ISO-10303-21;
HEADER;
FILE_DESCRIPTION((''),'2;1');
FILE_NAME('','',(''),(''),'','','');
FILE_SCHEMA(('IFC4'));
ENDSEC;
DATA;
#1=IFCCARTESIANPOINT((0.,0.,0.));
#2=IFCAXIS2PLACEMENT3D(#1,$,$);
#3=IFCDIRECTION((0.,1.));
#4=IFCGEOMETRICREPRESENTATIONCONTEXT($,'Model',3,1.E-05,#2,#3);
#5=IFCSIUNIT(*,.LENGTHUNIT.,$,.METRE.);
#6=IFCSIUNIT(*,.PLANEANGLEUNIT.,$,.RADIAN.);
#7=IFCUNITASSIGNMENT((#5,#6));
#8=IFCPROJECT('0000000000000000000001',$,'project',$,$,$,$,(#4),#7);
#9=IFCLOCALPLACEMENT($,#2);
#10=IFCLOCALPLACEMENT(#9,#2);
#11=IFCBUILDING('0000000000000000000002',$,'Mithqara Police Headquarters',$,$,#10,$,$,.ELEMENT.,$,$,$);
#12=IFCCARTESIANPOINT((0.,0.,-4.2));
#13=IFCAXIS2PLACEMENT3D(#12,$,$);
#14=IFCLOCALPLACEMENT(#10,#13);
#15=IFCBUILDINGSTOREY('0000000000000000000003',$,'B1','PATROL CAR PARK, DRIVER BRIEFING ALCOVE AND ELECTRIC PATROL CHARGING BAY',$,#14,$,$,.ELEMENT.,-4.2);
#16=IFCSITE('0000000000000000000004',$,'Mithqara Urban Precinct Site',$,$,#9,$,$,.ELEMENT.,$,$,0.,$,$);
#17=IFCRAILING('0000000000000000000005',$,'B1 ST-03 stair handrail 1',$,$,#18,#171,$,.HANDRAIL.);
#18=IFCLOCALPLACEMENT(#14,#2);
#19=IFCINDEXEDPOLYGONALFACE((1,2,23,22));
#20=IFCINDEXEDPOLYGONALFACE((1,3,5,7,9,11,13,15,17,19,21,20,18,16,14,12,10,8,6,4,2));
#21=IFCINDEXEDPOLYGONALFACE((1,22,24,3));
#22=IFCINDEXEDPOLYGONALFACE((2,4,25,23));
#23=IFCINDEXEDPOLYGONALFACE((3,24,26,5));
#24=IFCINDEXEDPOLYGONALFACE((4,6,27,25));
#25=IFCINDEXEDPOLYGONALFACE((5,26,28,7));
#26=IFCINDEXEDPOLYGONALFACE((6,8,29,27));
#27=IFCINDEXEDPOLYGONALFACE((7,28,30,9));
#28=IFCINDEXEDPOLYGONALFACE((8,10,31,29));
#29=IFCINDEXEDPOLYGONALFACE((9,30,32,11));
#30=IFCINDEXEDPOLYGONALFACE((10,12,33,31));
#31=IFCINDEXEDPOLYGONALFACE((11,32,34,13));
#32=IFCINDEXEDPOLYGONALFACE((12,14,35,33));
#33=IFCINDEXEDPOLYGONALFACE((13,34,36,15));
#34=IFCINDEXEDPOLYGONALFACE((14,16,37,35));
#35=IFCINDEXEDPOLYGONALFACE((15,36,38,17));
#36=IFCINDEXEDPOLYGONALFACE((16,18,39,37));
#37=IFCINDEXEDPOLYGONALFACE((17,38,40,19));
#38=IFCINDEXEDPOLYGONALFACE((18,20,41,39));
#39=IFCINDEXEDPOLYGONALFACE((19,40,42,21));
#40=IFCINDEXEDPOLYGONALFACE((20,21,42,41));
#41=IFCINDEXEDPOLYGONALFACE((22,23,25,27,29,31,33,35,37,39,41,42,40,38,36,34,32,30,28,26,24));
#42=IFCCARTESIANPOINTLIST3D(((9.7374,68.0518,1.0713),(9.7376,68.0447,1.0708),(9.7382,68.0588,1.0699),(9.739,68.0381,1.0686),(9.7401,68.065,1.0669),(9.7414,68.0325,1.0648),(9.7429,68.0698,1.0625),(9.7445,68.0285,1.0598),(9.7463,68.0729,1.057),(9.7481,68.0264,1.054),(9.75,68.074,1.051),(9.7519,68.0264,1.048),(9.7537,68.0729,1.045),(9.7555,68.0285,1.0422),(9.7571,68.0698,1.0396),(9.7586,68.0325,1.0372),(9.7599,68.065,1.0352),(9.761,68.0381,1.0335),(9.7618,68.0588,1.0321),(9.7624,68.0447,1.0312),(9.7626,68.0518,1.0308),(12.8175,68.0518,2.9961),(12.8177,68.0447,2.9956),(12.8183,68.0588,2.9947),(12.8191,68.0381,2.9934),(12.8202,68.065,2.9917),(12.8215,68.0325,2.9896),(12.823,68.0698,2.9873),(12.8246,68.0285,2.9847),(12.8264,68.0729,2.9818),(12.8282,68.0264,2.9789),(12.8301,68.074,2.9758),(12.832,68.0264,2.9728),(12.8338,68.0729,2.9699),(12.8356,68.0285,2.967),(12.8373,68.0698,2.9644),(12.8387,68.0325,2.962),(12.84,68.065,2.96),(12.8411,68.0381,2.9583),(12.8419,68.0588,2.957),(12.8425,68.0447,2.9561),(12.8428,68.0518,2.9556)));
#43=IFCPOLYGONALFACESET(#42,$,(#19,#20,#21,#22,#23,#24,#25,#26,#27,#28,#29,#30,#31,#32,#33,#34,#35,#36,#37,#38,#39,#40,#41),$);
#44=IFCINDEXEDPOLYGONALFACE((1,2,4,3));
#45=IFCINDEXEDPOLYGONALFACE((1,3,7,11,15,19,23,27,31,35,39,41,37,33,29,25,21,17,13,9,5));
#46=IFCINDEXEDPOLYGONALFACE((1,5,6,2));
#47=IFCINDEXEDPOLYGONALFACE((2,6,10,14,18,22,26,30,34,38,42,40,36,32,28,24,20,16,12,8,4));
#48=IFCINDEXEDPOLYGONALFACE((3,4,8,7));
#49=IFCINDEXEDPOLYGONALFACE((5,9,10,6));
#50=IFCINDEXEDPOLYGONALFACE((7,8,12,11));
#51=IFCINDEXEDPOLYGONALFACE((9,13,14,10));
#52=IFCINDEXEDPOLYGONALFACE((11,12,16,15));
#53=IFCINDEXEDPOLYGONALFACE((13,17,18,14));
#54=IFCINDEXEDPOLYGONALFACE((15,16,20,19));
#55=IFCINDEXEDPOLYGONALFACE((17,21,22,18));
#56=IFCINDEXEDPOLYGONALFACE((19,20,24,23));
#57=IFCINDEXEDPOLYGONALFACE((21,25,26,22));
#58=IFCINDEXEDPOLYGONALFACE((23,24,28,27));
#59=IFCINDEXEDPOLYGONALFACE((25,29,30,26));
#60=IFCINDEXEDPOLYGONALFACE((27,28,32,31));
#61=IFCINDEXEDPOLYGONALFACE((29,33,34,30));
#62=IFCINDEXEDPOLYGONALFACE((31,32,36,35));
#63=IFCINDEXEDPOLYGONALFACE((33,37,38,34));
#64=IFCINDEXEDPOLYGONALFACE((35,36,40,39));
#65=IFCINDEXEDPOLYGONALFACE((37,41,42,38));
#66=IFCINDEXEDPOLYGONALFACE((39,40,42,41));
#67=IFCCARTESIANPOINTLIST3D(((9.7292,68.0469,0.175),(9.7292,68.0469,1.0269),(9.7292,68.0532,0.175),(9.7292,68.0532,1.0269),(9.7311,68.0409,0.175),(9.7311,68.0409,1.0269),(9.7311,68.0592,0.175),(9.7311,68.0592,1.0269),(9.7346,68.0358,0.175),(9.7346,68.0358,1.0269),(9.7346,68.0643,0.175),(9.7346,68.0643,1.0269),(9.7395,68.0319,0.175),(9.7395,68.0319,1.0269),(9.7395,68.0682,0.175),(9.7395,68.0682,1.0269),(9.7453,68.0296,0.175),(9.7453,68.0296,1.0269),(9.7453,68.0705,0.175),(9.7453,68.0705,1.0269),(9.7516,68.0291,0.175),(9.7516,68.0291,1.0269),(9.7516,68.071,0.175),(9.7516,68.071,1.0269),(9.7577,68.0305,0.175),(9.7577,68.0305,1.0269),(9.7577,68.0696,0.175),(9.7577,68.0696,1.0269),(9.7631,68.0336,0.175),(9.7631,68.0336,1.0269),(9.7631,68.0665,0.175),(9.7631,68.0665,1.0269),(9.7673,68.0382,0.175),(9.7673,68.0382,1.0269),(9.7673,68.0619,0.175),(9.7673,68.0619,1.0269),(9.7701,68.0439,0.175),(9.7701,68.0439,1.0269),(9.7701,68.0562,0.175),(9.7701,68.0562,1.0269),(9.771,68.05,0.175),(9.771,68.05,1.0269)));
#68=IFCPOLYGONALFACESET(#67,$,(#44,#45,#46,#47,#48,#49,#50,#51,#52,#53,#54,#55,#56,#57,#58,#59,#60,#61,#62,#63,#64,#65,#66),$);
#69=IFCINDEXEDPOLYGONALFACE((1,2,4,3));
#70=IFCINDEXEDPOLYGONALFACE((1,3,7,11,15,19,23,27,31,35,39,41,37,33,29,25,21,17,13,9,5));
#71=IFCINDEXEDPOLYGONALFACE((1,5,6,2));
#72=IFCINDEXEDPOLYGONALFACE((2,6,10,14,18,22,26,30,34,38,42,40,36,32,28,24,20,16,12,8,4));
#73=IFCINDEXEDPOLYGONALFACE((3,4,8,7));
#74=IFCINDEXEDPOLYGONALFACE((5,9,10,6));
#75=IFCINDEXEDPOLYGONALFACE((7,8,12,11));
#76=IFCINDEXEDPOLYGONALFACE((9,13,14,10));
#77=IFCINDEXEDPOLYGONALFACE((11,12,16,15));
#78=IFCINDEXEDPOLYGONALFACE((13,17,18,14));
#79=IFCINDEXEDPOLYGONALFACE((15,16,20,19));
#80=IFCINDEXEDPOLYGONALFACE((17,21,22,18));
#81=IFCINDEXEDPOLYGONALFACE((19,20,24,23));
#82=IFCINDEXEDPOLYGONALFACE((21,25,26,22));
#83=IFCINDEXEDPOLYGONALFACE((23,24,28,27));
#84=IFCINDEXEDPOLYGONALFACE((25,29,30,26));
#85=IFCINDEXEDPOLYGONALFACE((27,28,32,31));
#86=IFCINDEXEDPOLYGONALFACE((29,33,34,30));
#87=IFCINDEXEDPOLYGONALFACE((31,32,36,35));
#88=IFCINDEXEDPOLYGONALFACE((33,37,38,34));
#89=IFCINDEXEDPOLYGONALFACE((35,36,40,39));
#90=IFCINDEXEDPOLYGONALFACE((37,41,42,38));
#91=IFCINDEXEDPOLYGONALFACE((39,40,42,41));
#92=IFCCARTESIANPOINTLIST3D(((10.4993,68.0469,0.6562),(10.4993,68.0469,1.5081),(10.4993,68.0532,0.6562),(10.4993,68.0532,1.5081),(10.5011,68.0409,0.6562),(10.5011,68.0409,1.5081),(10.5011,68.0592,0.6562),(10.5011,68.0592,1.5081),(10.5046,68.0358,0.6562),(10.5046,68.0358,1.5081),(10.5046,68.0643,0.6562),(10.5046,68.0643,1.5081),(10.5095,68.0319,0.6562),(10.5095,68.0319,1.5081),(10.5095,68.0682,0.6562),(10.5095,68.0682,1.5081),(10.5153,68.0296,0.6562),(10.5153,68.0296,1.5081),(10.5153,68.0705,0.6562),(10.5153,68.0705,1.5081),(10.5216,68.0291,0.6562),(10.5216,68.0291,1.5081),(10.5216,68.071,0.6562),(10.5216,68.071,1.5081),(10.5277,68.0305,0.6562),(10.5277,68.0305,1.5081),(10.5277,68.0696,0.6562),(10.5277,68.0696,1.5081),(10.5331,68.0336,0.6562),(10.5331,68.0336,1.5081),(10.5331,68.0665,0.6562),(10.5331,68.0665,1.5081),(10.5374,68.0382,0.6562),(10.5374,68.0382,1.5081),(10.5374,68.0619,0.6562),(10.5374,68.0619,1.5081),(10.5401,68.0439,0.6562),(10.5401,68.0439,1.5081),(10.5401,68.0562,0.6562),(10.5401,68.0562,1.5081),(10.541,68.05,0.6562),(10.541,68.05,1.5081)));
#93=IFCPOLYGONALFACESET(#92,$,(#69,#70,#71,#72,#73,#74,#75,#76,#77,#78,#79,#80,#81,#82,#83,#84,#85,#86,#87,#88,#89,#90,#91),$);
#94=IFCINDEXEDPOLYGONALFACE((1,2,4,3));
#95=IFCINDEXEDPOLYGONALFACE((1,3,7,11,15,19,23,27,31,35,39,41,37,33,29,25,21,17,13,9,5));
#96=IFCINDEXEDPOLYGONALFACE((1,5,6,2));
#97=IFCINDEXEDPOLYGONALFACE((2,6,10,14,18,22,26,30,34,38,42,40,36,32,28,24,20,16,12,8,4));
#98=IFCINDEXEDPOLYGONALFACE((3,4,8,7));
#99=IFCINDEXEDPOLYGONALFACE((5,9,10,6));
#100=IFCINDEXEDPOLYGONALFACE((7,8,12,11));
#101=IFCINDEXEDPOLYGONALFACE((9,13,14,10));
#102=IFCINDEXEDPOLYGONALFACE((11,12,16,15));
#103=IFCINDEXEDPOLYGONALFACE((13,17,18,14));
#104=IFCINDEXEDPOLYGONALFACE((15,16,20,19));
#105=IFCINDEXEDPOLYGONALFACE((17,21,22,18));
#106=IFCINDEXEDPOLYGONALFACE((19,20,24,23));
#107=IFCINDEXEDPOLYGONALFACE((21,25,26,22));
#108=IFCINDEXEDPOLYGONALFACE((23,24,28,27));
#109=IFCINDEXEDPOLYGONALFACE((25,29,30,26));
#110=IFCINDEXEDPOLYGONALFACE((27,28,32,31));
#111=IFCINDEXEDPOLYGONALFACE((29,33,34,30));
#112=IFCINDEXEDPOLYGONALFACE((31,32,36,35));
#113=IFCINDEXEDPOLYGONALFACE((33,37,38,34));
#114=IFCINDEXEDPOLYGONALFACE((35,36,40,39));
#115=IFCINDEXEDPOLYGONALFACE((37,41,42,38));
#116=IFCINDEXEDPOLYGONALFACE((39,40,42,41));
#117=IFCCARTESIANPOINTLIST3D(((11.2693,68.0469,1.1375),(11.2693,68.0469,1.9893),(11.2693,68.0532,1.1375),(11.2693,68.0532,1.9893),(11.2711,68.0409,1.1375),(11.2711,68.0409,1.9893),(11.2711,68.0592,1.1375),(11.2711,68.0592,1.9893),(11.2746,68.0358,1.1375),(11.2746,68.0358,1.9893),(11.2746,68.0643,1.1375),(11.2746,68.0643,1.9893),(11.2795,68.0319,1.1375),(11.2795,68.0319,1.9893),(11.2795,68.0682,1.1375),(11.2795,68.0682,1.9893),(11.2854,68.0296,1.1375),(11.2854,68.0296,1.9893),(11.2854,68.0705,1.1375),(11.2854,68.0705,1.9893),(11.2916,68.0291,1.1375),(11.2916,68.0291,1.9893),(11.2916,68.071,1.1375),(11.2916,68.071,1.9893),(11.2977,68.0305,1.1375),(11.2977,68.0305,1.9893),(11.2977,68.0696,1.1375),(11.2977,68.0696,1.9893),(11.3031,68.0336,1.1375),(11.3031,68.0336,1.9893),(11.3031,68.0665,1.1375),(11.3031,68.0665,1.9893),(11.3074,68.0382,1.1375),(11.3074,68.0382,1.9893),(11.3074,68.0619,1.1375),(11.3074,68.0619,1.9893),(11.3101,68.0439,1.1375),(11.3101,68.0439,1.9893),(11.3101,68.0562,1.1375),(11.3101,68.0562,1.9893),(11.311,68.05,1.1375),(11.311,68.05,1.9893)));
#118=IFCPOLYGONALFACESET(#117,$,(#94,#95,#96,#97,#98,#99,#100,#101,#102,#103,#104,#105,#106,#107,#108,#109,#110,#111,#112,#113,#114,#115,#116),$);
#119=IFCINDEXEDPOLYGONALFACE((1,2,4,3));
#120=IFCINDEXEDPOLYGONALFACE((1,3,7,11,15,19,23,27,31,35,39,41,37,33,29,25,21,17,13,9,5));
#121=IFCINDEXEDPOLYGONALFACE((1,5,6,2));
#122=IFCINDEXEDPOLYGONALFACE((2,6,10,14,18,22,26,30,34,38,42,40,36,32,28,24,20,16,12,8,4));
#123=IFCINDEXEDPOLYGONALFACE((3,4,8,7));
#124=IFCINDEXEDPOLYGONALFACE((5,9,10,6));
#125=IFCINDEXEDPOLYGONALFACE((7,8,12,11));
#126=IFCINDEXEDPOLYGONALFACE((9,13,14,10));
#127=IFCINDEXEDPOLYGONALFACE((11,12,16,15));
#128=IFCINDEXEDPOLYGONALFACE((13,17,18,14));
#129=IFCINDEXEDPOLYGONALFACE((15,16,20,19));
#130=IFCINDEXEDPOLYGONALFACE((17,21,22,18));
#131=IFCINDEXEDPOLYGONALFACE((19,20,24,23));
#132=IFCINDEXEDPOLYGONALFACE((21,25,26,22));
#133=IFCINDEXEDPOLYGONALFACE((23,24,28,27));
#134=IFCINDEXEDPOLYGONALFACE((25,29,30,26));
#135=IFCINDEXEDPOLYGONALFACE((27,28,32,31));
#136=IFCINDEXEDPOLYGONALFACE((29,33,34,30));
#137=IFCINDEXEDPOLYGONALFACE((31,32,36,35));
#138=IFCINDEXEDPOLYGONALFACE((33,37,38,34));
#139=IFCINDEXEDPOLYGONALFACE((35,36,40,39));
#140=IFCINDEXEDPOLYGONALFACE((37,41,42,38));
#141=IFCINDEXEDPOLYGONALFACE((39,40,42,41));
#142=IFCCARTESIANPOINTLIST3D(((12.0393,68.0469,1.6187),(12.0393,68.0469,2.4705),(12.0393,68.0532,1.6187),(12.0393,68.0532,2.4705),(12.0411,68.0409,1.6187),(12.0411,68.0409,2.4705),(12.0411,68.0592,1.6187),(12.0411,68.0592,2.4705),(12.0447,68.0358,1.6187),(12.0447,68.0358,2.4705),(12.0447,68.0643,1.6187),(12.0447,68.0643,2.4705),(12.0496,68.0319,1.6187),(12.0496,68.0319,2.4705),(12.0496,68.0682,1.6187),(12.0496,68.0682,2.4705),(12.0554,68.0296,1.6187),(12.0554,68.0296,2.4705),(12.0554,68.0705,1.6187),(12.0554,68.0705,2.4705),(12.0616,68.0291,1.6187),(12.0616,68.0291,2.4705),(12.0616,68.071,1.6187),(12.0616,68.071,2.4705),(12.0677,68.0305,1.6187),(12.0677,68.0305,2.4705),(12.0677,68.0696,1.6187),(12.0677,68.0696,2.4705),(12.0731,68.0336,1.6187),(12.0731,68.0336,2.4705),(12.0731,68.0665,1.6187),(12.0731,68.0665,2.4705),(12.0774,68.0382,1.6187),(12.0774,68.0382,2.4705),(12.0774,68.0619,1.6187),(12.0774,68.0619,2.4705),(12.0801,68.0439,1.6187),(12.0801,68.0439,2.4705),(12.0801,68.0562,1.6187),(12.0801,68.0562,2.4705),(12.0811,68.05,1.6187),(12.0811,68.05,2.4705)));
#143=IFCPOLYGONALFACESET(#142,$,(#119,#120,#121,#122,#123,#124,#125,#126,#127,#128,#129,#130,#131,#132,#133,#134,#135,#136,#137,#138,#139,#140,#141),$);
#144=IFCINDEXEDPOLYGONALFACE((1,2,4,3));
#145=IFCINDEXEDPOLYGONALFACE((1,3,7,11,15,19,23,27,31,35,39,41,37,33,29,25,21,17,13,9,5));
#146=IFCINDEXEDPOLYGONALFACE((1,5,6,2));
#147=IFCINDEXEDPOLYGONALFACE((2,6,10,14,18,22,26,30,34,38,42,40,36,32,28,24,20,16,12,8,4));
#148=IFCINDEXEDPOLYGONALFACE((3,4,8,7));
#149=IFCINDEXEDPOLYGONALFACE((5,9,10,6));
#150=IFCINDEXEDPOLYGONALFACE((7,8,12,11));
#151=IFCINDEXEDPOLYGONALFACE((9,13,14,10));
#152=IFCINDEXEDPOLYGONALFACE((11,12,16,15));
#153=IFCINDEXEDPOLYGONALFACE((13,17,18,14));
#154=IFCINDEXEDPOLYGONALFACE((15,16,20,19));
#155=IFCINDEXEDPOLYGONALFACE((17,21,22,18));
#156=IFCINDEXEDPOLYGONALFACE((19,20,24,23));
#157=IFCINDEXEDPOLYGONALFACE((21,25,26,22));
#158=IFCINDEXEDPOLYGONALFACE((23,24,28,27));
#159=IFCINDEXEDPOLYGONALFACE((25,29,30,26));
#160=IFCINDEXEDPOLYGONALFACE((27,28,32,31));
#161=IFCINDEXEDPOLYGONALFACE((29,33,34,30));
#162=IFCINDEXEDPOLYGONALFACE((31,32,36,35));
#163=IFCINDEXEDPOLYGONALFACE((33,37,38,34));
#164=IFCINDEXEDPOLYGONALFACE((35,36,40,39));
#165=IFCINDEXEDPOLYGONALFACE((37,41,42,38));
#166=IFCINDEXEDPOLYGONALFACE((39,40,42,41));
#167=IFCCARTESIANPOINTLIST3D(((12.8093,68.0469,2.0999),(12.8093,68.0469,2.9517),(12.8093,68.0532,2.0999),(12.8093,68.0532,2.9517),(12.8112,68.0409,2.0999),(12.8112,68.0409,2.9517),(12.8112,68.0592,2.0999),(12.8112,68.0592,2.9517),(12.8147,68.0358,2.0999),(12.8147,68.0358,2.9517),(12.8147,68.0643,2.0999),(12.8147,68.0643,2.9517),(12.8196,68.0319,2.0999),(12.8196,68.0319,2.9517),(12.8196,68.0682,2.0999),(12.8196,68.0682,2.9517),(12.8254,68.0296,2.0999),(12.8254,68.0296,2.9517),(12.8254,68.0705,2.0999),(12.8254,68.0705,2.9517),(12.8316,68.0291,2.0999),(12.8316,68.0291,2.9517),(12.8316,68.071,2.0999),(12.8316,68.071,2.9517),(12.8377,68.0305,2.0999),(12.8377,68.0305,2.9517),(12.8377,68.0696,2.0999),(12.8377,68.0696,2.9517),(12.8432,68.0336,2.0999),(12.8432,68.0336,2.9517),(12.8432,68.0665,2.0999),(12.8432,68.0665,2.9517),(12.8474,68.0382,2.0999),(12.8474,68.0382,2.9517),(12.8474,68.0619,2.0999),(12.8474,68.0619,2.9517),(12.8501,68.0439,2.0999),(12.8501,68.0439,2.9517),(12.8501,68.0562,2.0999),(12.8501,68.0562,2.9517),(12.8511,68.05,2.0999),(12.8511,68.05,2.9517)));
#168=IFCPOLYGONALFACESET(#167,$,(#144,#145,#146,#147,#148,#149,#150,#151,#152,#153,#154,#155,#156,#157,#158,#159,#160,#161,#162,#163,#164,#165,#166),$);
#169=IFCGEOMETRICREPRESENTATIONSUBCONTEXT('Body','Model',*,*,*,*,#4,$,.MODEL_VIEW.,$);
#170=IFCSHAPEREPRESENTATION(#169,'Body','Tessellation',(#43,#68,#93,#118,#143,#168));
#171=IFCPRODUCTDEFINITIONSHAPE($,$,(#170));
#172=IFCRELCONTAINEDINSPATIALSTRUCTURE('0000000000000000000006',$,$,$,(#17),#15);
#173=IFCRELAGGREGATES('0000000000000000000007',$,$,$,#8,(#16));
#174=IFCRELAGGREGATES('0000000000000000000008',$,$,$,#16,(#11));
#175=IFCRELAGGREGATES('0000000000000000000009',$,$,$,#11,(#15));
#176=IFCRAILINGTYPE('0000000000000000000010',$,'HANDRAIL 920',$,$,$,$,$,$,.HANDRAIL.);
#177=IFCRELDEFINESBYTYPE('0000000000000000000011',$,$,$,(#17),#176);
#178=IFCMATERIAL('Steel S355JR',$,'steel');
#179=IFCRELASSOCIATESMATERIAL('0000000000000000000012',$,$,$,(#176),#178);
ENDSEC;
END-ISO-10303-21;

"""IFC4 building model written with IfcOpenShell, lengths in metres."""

from ifc_helpers import new_model, si_unit, direction, frame, origin, origin_2d, place, context, subcontext, project, spatial, circle, extrude, material, type_object, element, save


model = new_model("IFC4")

# Units and contexts
model_context = context("Model", 3, precision=1e-05, world=origin(), true_north=direction((0.0, 1.0)))
body_context = subcontext(model_context, "Body", "Model", "MODEL_VIEW")
ifc_project = project(units=[si_unit("LENGTHUNIT", "METRE"), si_unit("PLANEANGLEUNIT", "RADIAN")], contexts=[model_context])

# Site, building, storey
site_placement = place(None, origin())
site = spatial("IfcSite", under=ifc_project, at=site_placement, Name="Mithqara Urban Precinct Site", CompositionType="ELEMENT", RefElevation=0.0)
building_placement = place(site_placement, origin())
building = spatial("IfcBuilding", under=site, at=building_placement, Name="Mithqara Police Headquarters", CompositionType="ELEMENT")
storey_placement = place(building_placement, frame((0.0, 0.0, -4.2)))
storey = spatial("IfcBuildingStorey", under=building, at=storey_placement, Name="B1", Description="PATROL CAR PARK, DRIVER BRIEFING ALCOVE AND ELECTRIC PATROL CHARGING BAY", CompositionType="ELEMENT", Elevation=-4.2)

# Shared definitions
ifc_material_1 = material(Name="Steel S355JR", Category="steel")

# Railing
railing_type_1 = type_object("IfcRailingType", Name="HANDRAIL 920", PredefinedType="HANDRAIL", material=ifc_material_1)
railing_1_placement = place(storey_placement, frame((9.75, 68.05, 0.175)))
element("IfcRailing", 1, at=railing_1_placement, inside=storey, type_object=railing_type_1, Name="B1 ST-03 stair handrail 1", PredefinedType="HANDRAIL", context=body_context, shape_type="SweptSolid", body=[
    extrude(circle(Radius=0.0239, at=origin_2d()), frame((0.0, 0.0, 0.876), z_axis=(0.848029, 0.0, 0.529951), x_axis=(0.0, 1.0, 0.0)), (0.0, 0.0, 1.0), 3.6321),
    extrude(circle(Radius=0.021, at=origin_2d()), origin(), (0.0, 0.0, 1.0), 0.8518),
    extrude(circle(Radius=0.021, at=origin_2d()), frame((0.77, 0.0, 0.4812)), (0.0, 0.0, 1.0), 0.8518),
    extrude(circle(Radius=0.021, at=origin_2d()), frame((1.54, 0.0, 0.9624)), (0.0, 0.0, 1.0), 0.8518),
    extrude(circle(Radius=0.021, at=origin_2d()), frame((2.3101, 0.0, 1.4436)), (0.0, 0.0, 1.0), 0.8518),
    extrude(circle(Radius=0.021, at=origin_2d()), frame((3.0801, 0.0, 1.9248)), (0.0, 0.0, 1.0), 0.8518),
])

save(model, "model.ifc")
